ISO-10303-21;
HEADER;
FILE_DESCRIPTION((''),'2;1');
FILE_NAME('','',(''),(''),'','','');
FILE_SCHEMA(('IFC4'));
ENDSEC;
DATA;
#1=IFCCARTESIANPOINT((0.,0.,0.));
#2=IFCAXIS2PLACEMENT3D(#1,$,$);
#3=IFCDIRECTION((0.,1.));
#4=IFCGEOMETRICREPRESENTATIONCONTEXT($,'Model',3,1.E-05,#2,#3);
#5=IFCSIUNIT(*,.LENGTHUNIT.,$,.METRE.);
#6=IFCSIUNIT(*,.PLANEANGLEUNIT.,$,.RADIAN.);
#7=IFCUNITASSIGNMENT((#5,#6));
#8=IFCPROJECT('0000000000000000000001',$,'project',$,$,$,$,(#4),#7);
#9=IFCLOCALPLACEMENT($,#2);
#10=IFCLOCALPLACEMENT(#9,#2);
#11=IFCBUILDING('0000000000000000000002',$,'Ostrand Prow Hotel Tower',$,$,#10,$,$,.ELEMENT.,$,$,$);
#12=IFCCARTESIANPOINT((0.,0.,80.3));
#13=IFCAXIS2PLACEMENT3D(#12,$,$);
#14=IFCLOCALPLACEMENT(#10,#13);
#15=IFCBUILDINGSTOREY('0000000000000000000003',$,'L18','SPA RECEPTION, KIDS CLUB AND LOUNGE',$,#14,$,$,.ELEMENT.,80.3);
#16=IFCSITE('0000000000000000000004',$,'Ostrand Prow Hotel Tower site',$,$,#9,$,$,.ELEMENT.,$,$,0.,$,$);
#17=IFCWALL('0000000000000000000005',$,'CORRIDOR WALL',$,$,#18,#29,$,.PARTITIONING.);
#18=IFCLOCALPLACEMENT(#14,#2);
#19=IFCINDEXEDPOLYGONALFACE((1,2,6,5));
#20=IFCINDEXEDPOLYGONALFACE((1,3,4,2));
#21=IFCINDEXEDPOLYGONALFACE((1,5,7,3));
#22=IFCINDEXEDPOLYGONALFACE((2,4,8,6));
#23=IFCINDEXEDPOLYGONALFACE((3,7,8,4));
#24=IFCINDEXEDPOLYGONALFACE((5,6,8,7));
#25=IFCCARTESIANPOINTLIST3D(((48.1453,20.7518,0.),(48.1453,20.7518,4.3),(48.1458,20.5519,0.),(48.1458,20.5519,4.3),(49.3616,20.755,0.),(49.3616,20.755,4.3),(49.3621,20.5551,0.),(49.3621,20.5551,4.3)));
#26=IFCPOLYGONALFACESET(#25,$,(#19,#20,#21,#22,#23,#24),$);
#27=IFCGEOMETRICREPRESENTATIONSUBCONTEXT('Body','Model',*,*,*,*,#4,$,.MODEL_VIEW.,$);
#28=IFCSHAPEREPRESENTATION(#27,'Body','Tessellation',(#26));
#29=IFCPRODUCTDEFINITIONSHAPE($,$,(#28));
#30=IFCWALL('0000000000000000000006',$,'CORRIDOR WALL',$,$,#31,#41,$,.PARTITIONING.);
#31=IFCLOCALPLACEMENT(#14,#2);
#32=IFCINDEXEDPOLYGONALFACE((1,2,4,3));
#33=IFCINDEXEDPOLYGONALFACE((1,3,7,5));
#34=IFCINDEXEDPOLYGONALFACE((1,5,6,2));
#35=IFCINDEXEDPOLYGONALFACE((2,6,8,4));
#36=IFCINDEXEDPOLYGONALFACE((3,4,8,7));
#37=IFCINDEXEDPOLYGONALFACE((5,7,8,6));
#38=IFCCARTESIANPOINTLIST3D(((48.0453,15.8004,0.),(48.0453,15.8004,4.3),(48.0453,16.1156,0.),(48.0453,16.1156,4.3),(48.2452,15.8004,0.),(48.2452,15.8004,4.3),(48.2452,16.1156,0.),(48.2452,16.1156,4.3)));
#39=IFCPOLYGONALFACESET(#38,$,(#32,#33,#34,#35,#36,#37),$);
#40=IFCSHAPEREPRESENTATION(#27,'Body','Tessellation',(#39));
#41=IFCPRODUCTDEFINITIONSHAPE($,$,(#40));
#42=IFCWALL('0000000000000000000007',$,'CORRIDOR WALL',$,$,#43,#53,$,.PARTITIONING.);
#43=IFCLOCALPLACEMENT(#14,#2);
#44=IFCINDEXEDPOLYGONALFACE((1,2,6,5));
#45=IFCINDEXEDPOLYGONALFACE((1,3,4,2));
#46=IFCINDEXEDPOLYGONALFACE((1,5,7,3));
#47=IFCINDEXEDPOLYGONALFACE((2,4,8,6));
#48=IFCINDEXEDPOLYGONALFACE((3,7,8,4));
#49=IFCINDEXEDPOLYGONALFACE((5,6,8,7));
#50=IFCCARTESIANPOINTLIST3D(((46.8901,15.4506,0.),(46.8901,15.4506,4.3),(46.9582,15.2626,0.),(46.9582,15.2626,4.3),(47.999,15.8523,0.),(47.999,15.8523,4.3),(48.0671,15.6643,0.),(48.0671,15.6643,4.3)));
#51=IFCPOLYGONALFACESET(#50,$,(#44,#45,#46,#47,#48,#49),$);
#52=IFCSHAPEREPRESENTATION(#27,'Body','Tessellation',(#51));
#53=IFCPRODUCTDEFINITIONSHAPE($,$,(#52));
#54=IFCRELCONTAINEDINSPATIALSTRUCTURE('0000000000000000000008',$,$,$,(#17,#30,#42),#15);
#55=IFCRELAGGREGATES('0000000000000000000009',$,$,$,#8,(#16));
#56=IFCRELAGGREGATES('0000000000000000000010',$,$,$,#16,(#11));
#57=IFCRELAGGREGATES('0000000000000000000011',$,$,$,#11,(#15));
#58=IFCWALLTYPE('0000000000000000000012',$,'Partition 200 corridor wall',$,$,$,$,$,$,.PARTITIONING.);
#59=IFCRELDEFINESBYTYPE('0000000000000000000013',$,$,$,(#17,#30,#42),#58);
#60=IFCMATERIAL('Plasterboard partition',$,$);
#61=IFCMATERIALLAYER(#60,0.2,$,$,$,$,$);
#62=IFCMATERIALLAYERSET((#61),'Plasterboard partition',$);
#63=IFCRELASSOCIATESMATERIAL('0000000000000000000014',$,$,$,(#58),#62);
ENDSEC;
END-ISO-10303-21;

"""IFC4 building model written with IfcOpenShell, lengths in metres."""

from ifc_helpers import new_model, si_unit, direction, frame, frame_2d, origin, place, context, subcontext, project, spatial, rectangle, extrude, material, layer, layer_set, type_object, element, save


model = new_model("IFC4")

# Units and contexts
model_context = context("Model", 3, precision=1e-05, world=origin(), true_north=direction((0.0, 1.0)))
body_context = subcontext(model_context, "Body", "Model", "MODEL_VIEW")
ifc_project = project(units=[si_unit("LENGTHUNIT", "METRE"), si_unit("PLANEANGLEUNIT", "RADIAN")], contexts=[model_context])

# Site, building, storey
site_placement = place(None, origin())
site = spatial("IfcSite", under=ifc_project, at=site_placement, Name="Ostrand Prow Hotel Tower site", CompositionType="ELEMENT", RefElevation=0.0)
building_placement = place(site_placement, origin())
building = spatial("IfcBuilding", under=site, at=building_placement, Name="Ostrand Prow Hotel Tower", CompositionType="ELEMENT")
storey_placement = place(building_placement, frame((0.0, 0.0, 80.3)))
storey = spatial("IfcBuildingStorey", under=building, at=storey_placement, Name="L18", Description="SPA RECEPTION, KIDS CLUB AND LOUNGE", CompositionType="ELEMENT", Elevation=80.3)

# Shared definitions
ifc_material_1 = material(Name="Plasterboard partition")
ifc_layer_1 = layer(ifc_material_1, 0.2)
ifc_layer_set_1 = layer_set([ifc_layer_1], Name="Plasterboard partition")
wall_type_1 = type_object("IfcWallType", Name="Partition 200 corridor wall", PredefinedType="PARTITIONING", material=ifc_layer_set_1)

# Walls
wall_1_placement = place(storey_placement, frame((49.3618, 20.655, 0.0), z_axis=(0.0, 0.0, 1.0), x_axis=(-0.999997, -0.002609, 0.0)))
element("IfcWall", 1, at=wall_1_placement, inside=storey, type_object=wall_type_1, Name="CORRIDOR WALL", PredefinedType="PARTITIONING", context=body_context, shape_type="SweptSolid", body=[
    extrude(rectangle(XDim=1.2163, YDim=0.2, at=frame_2d((0.6082, 0.0))), origin(), (0.0, 0.0, 1.0), 4.3),
])
wall_2_placement = place(storey_placement, frame((48.1453, 16.1157, 0.0), z_axis=(0.0, 0.0, 1.0), x_axis=(0.0, -1.0, 0.0)))
element("IfcWall", 2, at=wall_2_placement, inside=storey, type_object=wall_type_1, Name="CORRIDOR WALL", PredefinedType="PARTITIONING", context=body_context, shape_type="SweptSolid", body=[
    extrude(rectangle(XDim=0.3152, YDim=0.2, at=frame_2d((0.1577, 0.0))), origin(), (0.0, 0.0, 1.0), 4.3),
])
wall_3_placement = place(storey_placement, frame((48.0332, 15.7583, 0.0), z_axis=(0.0, 0.0, 1.0), x_axis=(-0.940234, -0.340529, 0.0)))
element("IfcWall", 3, at=wall_3_placement, inside=storey, type_object=wall_type_1, Name="CORRIDOR WALL", PredefinedType="PARTITIONING", context=body_context, shape_type="SweptSolid", body=[
    extrude(rectangle(XDim=1.1794, YDim=0.2, at=frame_2d((0.5898, 0.0))), origin(), (0.0, 0.0, 1.0), 4.3),
])

save(model, "model.ifc")
